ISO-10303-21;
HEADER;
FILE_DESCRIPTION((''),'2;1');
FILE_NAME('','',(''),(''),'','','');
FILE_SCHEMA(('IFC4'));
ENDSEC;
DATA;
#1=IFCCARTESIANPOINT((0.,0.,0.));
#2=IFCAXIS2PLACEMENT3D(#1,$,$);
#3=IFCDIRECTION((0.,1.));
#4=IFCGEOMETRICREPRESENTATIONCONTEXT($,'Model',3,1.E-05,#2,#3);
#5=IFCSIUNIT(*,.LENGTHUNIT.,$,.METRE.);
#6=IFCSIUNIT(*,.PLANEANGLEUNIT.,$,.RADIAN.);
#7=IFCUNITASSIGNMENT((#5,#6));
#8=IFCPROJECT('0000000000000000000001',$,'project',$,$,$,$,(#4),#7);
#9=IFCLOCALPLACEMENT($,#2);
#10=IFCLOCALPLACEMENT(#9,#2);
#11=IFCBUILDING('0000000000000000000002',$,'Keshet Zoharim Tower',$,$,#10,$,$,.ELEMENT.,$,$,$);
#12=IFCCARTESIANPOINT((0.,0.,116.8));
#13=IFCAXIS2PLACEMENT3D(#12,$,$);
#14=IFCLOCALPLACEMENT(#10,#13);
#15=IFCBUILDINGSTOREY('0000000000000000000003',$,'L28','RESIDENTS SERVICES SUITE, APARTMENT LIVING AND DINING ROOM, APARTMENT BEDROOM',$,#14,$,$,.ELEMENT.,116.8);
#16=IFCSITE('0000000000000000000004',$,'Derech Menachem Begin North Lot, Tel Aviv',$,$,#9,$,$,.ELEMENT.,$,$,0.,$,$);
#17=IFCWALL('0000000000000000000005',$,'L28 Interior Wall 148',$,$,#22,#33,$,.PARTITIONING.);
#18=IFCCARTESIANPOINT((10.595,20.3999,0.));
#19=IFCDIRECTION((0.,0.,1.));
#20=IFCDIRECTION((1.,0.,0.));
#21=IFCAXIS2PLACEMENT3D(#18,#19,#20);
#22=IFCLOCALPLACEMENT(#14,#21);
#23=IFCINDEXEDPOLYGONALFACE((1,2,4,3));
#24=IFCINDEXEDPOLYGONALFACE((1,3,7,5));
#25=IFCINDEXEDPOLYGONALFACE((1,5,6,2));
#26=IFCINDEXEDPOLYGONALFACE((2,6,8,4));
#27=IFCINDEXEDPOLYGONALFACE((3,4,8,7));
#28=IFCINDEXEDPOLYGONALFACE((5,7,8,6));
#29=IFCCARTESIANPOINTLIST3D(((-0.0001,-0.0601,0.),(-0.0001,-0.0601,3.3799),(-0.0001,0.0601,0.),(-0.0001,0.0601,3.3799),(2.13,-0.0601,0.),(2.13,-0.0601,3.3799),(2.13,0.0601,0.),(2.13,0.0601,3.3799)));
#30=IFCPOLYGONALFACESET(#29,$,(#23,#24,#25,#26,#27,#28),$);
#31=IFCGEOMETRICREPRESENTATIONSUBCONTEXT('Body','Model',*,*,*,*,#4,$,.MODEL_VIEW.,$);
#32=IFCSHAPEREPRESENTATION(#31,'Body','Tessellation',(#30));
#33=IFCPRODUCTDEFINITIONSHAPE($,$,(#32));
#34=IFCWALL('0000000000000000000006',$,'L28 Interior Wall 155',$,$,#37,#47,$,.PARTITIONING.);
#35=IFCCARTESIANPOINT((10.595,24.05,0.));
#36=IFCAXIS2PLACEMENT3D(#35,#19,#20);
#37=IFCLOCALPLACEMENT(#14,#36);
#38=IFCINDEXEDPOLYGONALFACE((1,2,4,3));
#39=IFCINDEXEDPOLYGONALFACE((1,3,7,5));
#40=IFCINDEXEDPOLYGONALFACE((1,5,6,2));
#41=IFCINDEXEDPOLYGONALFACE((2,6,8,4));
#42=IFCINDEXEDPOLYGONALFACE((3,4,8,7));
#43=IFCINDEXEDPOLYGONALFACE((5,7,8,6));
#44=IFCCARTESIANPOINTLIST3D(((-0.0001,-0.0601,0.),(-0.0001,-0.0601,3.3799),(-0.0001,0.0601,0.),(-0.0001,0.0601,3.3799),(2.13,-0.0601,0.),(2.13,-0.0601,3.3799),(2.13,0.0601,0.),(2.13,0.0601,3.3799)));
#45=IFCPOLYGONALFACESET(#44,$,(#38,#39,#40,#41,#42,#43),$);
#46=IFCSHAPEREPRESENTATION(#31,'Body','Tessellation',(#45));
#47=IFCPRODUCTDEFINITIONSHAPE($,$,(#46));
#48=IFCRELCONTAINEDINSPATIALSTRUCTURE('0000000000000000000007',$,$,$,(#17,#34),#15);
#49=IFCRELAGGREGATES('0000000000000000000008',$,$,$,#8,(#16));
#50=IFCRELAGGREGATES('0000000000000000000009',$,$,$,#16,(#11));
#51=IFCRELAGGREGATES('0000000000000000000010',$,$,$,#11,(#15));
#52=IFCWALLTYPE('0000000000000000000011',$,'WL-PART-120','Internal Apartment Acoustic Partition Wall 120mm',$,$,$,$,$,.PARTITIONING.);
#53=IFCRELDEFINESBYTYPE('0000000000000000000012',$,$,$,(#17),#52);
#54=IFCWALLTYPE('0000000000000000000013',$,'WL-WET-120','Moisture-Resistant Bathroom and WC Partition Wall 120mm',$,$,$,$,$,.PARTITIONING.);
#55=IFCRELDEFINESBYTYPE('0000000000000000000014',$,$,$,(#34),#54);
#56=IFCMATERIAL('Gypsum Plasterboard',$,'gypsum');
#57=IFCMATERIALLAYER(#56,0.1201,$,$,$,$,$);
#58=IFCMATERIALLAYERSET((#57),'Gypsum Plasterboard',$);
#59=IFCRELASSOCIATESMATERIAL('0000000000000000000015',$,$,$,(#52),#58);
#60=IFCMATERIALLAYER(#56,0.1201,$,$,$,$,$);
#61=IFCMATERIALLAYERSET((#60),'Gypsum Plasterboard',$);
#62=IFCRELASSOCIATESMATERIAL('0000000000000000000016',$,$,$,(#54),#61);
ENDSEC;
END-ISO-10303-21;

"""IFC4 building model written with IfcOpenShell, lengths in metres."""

from ifc_helpers import new_model, si_unit, direction, frame, frame_2d, origin, place, context, subcontext, project, spatial, rectangle, extrude, material, layer, layer_set, type_object, element, save


model = new_model("IFC4")

# Units and contexts
model_context = context("Model", 3, precision=1e-05, world=origin(), true_north=direction((0.0, 1.0)))
body_context = subcontext(model_context, "Body", "Model", "MODEL_VIEW")
ifc_project = project(units=[si_unit("LENGTHUNIT", "METRE"), si_unit("PLANEANGLEUNIT", "RADIAN")], contexts=[model_context])

# Site, building, storey
site_placement = place(None, origin())
site = spatial("IfcSite", under=ifc_project, at=site_placement, Name="Derech Menachem Begin North Lot, Tel Aviv", CompositionType="ELEMENT", RefElevation=0.0)
building_placement = place(site_placement, origin())
building = spatial("IfcBuilding", under=site, at=building_placement, Name="Keshet Zoharim Tower", CompositionType="ELEMENT")
storey_placement = place(building_placement, frame((0.0, 0.0, 116.8)))
storey = spatial("IfcBuildingStorey", under=building, at=storey_placement, Name="L28", Description="RESIDENTS SERVICES SUITE, APARTMENT LIVING AND DINING ROOM, APARTMENT BEDROOM", CompositionType="ELEMENT", Elevation=116.8)

# Shared definitions
ifc_material_1 = material(Name="Gypsum Plasterboard", Category="gypsum")

# Shared definitions
ifc_layer_1 = layer(ifc_material_1, 0.1201)
ifc_layer_set_1 = layer_set([ifc_layer_1], Name="Gypsum Plasterboard")
wall_type_1 = type_object("IfcWallType", Name="WL-PART-120", Description="Internal Apartment Acoustic Partition Wall 120mm", PredefinedType="PARTITIONING", material=ifc_layer_set_1)

# Wall
wall_1_placement = place(storey_placement, frame((10.595, 20.3999, 0.0), z_axis=(0.0, 0.0, 1.0), x_axis=(1.0, 0.0, 0.0)))
element("IfcWall", 1, at=wall_1_placement, inside=storey, type_object=wall_type_1, Name="L28 Interior Wall 148", PredefinedType="PARTITIONING", context=body_context, shape_type="SweptSolid", body=[
    extrude(rectangle(XDim=2.1301, YDim=0.1201, at=frame_2d((1.0649, 0.0))), origin(), (0.0, 0.0, 1.0), 3.3799),
])

# Shared definitions
ifc_layer_2 = layer(ifc_material_1, 0.1201)
ifc_layer_set_2 = layer_set([ifc_layer_2], Name="Gypsum Plasterboard")
wall_type_2 = type_object("IfcWallType", Name="WL-WET-120", Description="Moisture-Resistant Bathroom and WC Partition Wall 120mm", PredefinedType="PARTITIONING", material=ifc_layer_set_2)

# Wall
wall_2_placement = place(storey_placement, frame((10.595, 24.05, 0.0), z_axis=(0.0, 0.0, 1.0), x_axis=(1.0, 0.0, 0.0)))
element("IfcWall", 2, at=wall_2_placement, inside=storey, type_object=wall_type_2, Name="L28 Interior Wall 155", PredefinedType="PARTITIONING", context=body_context, shape_type="SweptSolid", body=[
    extrude(rectangle(XDim=2.1301, YDim=0.1201, at=frame_2d((1.0649, 0.0))), origin(), (0.0, 0.0, 1.0), 3.3799),
])

save(model, "model.ifc")
